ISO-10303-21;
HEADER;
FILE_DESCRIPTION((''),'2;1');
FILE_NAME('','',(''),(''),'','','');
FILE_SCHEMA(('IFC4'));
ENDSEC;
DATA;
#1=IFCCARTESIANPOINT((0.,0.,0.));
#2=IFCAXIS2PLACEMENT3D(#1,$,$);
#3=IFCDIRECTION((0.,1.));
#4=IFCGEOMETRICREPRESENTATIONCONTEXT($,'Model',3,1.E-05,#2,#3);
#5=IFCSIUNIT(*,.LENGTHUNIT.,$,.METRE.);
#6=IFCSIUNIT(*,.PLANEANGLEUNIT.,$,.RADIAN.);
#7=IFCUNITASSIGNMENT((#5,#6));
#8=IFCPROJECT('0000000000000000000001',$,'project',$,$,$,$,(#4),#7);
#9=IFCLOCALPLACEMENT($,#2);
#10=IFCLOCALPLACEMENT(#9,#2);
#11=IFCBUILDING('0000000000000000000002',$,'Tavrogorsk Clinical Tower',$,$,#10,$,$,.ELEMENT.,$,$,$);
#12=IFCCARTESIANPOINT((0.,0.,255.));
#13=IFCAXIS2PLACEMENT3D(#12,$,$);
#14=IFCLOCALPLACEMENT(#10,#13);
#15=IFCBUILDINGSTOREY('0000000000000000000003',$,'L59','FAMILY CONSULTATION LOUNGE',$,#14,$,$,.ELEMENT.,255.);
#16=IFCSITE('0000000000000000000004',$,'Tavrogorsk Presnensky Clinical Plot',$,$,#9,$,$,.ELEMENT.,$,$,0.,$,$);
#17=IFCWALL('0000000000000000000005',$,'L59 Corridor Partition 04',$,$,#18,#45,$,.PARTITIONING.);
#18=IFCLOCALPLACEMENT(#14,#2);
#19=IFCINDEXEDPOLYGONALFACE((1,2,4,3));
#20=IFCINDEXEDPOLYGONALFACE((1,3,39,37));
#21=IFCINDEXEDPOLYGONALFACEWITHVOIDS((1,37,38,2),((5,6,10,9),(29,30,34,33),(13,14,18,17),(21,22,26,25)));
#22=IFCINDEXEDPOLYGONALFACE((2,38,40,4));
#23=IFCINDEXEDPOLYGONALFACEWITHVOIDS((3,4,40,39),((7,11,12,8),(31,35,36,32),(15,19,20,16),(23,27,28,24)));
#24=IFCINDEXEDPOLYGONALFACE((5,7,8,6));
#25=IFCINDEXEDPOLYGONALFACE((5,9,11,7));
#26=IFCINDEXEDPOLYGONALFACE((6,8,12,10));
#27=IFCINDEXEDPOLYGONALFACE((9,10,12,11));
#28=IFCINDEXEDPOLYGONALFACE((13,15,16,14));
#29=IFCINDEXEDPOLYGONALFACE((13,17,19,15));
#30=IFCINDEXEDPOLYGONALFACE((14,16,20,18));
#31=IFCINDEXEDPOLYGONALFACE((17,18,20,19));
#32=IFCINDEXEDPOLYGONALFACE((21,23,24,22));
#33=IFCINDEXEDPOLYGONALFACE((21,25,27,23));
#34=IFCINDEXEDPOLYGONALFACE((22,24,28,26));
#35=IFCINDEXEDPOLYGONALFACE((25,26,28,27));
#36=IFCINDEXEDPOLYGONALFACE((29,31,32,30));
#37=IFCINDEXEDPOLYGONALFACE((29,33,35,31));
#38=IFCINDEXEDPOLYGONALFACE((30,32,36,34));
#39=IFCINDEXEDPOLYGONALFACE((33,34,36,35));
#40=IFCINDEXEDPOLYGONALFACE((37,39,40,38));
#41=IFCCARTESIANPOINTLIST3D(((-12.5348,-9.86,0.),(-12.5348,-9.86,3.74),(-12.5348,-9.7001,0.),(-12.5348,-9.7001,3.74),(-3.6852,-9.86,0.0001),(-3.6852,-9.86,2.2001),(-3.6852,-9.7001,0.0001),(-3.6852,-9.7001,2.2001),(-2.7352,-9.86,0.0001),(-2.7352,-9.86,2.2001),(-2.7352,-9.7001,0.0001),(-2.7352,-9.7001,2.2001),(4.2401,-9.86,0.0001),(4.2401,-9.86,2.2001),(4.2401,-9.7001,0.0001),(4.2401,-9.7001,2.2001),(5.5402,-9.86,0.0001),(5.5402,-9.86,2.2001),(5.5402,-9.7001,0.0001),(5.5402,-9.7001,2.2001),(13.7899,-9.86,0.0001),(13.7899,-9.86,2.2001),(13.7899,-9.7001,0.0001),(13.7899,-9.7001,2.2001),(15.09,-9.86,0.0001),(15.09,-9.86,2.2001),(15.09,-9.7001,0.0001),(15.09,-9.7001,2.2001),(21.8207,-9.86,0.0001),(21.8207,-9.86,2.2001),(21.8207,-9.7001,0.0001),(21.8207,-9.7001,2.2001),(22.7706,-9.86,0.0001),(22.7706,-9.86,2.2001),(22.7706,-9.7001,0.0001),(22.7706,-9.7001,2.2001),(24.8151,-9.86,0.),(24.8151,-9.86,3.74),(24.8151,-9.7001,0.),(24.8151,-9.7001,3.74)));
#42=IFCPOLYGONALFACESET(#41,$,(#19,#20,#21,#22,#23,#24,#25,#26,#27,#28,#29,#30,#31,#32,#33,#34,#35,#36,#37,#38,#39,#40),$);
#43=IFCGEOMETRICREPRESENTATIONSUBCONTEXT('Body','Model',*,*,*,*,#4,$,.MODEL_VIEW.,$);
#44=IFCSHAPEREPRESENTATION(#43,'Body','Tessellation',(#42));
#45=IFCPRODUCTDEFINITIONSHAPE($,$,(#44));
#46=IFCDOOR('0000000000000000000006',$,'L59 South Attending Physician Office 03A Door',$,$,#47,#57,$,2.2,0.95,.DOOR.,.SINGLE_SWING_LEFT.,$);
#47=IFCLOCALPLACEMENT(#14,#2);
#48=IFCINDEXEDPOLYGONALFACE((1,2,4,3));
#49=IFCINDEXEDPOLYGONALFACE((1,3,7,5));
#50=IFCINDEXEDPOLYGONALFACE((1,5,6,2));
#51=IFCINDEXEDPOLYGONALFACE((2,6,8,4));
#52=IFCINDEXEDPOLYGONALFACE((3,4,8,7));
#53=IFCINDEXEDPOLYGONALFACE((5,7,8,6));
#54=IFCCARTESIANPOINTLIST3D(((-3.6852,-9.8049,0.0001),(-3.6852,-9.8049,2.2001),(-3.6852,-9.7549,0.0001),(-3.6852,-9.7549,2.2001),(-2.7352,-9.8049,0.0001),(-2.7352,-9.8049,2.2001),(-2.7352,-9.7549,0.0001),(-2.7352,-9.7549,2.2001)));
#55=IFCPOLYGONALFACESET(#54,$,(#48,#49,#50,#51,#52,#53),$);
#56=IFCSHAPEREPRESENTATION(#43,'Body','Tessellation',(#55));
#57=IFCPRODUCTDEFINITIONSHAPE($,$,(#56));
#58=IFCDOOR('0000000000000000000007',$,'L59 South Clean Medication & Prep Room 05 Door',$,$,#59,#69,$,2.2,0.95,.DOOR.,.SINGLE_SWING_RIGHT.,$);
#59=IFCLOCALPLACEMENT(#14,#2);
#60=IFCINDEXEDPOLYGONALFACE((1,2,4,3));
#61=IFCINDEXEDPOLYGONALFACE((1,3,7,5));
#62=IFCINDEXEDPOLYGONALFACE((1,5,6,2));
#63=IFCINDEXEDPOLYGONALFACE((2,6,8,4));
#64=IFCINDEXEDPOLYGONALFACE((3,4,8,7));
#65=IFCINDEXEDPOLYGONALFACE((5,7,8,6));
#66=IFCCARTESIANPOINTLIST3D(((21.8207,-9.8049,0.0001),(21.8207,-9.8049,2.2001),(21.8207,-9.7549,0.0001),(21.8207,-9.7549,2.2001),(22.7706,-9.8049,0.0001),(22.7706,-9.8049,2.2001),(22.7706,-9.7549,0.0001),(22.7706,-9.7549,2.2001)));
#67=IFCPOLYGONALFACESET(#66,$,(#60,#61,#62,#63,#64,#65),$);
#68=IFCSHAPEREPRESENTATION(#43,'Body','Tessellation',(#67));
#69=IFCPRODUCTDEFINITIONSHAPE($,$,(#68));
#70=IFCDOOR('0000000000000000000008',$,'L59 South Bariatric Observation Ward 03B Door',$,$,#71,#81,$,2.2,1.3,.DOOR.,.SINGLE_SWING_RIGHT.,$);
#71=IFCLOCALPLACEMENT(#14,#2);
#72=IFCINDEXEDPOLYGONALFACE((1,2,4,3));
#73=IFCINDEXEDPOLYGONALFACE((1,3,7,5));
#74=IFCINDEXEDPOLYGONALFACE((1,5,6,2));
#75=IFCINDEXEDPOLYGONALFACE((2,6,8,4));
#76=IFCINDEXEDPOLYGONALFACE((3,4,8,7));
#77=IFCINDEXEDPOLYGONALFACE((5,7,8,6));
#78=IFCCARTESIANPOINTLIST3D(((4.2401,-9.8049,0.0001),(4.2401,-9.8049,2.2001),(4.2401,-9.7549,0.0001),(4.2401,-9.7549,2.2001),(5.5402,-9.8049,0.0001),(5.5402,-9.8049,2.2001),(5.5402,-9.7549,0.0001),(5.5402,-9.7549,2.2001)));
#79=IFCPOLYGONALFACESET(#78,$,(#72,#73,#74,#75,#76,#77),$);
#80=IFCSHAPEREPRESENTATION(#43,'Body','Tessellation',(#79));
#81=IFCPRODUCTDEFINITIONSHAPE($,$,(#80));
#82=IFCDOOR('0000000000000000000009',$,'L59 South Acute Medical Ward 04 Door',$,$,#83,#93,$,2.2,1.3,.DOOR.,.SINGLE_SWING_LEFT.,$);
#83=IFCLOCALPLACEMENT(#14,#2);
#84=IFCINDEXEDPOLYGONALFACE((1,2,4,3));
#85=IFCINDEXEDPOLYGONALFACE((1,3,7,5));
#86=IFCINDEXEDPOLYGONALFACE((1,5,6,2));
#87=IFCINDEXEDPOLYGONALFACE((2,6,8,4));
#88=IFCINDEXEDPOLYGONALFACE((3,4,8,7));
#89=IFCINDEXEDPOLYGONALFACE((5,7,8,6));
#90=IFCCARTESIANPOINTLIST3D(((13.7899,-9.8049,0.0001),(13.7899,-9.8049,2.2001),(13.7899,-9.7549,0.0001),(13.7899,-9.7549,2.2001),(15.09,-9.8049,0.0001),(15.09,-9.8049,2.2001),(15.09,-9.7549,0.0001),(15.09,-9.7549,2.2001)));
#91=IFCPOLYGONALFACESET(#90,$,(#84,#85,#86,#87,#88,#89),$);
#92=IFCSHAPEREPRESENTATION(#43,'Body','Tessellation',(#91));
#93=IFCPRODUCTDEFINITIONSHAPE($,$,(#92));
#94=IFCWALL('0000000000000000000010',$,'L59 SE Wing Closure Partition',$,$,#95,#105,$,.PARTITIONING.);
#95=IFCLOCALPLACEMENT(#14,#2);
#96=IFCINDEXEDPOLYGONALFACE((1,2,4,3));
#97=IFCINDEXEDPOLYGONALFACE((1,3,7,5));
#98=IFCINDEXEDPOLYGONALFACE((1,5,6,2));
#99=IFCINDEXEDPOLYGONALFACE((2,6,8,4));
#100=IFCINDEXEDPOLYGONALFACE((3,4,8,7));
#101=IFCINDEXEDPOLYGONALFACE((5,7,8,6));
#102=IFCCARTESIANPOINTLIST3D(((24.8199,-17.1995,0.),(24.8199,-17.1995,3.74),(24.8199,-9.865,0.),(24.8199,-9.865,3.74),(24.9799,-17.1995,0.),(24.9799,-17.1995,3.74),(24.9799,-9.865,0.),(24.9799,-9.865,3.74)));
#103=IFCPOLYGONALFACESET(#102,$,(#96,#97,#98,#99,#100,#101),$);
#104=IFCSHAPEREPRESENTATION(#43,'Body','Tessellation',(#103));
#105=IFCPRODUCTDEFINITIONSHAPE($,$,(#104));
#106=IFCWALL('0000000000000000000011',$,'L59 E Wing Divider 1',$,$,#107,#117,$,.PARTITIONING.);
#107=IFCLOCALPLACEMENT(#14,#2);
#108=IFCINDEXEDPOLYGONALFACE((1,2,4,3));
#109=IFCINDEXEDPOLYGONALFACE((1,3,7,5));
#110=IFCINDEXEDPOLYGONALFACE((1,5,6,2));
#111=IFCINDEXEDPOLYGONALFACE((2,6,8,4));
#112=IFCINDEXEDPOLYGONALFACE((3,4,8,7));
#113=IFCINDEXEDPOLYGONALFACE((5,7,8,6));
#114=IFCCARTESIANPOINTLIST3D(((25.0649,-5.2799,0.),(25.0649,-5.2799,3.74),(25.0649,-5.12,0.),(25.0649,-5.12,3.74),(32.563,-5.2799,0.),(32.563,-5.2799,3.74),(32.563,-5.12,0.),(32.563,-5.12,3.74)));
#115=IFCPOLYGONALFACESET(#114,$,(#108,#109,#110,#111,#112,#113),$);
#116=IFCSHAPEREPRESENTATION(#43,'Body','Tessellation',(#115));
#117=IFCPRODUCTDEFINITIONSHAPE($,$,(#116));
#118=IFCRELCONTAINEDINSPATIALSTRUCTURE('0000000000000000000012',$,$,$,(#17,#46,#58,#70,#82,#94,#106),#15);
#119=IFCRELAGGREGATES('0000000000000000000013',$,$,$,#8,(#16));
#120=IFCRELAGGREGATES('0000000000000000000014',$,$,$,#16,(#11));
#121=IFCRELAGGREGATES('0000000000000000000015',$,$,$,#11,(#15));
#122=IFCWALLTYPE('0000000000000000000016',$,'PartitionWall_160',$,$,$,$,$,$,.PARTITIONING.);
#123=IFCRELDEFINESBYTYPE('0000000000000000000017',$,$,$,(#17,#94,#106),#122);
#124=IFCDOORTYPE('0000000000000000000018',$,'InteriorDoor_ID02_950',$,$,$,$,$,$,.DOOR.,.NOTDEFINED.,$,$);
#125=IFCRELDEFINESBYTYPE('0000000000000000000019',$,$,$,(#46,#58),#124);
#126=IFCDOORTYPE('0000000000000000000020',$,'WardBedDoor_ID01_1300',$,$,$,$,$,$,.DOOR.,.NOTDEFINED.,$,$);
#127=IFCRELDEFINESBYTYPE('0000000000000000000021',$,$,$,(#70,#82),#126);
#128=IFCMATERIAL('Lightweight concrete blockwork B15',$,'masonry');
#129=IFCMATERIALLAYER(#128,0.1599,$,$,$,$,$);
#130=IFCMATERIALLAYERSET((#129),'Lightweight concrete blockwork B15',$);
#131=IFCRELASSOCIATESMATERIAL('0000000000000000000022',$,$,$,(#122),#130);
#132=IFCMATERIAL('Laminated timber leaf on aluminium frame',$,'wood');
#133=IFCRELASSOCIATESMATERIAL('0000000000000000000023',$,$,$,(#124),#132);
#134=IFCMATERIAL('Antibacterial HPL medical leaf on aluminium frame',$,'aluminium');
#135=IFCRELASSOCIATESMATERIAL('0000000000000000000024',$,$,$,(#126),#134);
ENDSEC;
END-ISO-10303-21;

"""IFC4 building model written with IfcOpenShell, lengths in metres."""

from ifc_helpers import new_model, si_unit, direction, frame, frame_2d, origin, place, context, subcontext, project, spatial, rectangle, extrude, material, layer, layer_set, type_object, element, fill, save


model = new_model("IFC4")

# Units and contexts
model_context = context("Model", 3, precision=1e-05, world=origin(), true_north=direction((0.0, 1.0)))
body_context = subcontext(model_context, "Body", "Model", "MODEL_VIEW")
ifc_project = project(units=[si_unit("LENGTHUNIT", "METRE"), si_unit("PLANEANGLEUNIT", "RADIAN")], contexts=[model_context])

# Site, building, storey
site_placement = place(None, origin())
site = spatial("IfcSite", under=ifc_project, at=site_placement, Name="Tavrogorsk Presnensky Clinical Plot", CompositionType="ELEMENT", RefElevation=0.0)
building_placement = place(site_placement, origin())
building = spatial("IfcBuilding", under=site, at=building_placement, Name="Tavrogorsk Clinical Tower", CompositionType="ELEMENT")
storey_placement = place(building_placement, frame((0.0, 0.0, 255.0)))
storey = spatial("IfcBuildingStorey", under=building, at=storey_placement, Name="L59", Description="FAMILY CONSULTATION LOUNGE", CompositionType="ELEMENT", Elevation=255.0)

# Shared definitions
ifc_material_1 = material(Name="Lightweight concrete blockwork B15", Category="masonry")
ifc_layer_1 = layer(ifc_material_1, 0.1599)
ifc_layer_set_1 = layer_set([ifc_layer_1], Name="Lightweight concrete blockwork B15")
wall_type_1 = type_object("IfcWallType", Name="PartitionWall_160", PredefinedType="PARTITIONING", material=ifc_layer_set_1)

# Wall, openings, doors
wall_1_placement = place(storey_placement, frame((24.8149, -9.78, 0.0), z_axis=(0.0, 0.0, 1.0), x_axis=(-1.0, 0.0, 0.0)))
wall_1 = element("IfcWall", 1, at=wall_1_placement, inside=storey, type_object=wall_type_1, Name="L59 Corridor Partition 04", PredefinedType="PARTITIONING", context=body_context, shape_type="SweptSolid", body=[
    extrude(rectangle(XDim=37.3499, YDim=0.1599, at=frame_2d((18.6748, 0.0))), origin(), (0.0, 0.0, 1.0), 3.74),
])
opening_1_placement = place(wall_1_placement, frame((27.55, 0.0, 0.0)))
opening_1 = element("IfcOpeningElement", 2, at=opening_1_placement, cuts=wall_1, PredefinedType="OPENING", context=body_context, shape_type="SweptSolid", body=[
    extrude(rectangle(XDim=0.95, YDim=2.2, at=frame_2d((0.4751, 1.1001))), frame((0.0, 0.0898, 0.0), z_axis=(0.0, -1.0, 0.0), x_axis=(1.0, 0.0, 0.0)), (0.0, 0.0, 1.0), 0.1799),
])
opening_2_placement = place(wall_1_placement, frame((19.2749, 0.0, 0.0)))
opening_2 = element("IfcOpeningElement", 3, at=opening_2_placement, cuts=wall_1, PredefinedType="OPENING", context=body_context, shape_type="SweptSolid", body=[
    extrude(rectangle(XDim=1.3, YDim=2.2, at=frame_2d((0.6499, 1.1001))), frame((0.0, 0.0898, 0.0), z_axis=(0.0, -1.0, 0.0), x_axis=(1.0, 0.0, 0.0)), (0.0, 0.0, 1.0), 0.1799),
])
opening_3_placement = place(wall_1_placement, frame((9.7251, 0.0, 0.0)))
opening_3 = element("IfcOpeningElement", 4, at=opening_3_placement, cuts=wall_1, PredefinedType="OPENING", context=body_context, shape_type="SweptSolid", body=[
    extrude(rectangle(XDim=1.3, YDim=2.2, at=frame_2d((0.6499, 1.1001))), frame((0.0, 0.0898, 0.0), z_axis=(0.0, -1.0, 0.0), x_axis=(1.0, 0.0, 0.0)), (0.0, 0.0, 1.0), 0.1799),
])
opening_4_placement = place(wall_1_placement, frame((2.0442, 0.0, 0.0)))
opening_4 = element("IfcOpeningElement", 5, at=opening_4_placement, cuts=wall_1, PredefinedType="OPENING", context=body_context, shape_type="SweptSolid", body=[
    extrude(rectangle(XDim=0.95, YDim=2.2, at=frame_2d((0.4751, 1.1001))), frame((0.0, 0.0898, 0.0), z_axis=(0.0, -1.0, 0.0), x_axis=(1.0, 0.0, 0.0)), (0.0, 0.0, 1.0), 0.1799),
])
ifc_material_2 = material(Name="Laminated timber leaf on aluminium frame", Category="wood")
door_type_1 = type_object("IfcDoorType", Name="InteriorDoor_ID02_950", OperationType="NOTDEFINED", PredefinedType="DOOR", material=ifc_material_2)
door_1_placement = place(opening_1_placement, origin())
door_1 = element("IfcDoor", 6, at=door_1_placement, inside=storey, type_object=door_type_1, Name="L59 South Attending Physician Office 03A Door", OperationType="SINGLE_SWING_LEFT", OverallHeight=2.2, OverallWidth=0.95, PredefinedType="DOOR", context=body_context, shape_type="SweptSolid", body=[
    extrude(rectangle(XDim=0.95, YDim=2.2, at=frame_2d((0.4751, 1.1001))), frame((0.0, 0.0249, 0.0), z_axis=(0.0, -1.0, 0.0), x_axis=(1.0, 0.0, 0.0)), (0.0, 0.0, 1.0), 0.05),
])
fill(opening_1, door_1)
door_2_placement = place(opening_4_placement, origin())
door_2 = element("IfcDoor", 7, at=door_2_placement, inside=storey, type_object=door_type_1, Name="L59 South Clean Medication & Prep Room 05 Door", OperationType="SINGLE_SWING_RIGHT", OverallHeight=2.2, OverallWidth=0.95, PredefinedType="DOOR", context=body_context, shape_type="SweptSolid", body=[
    extrude(rectangle(XDim=0.95, YDim=2.2, at=frame_2d((0.4751, 1.1001))), frame((0.0, 0.0249, 0.0), z_axis=(0.0, -1.0, 0.0), x_axis=(1.0, 0.0, 0.0)), (0.0, 0.0, 1.0), 0.05),
])
fill(opening_4, door_2)
ifc_material_3 = material(Name="Antibacterial HPL medical leaf on aluminium frame", Category="aluminium")
door_type_2 = type_object("IfcDoorType", Name="WardBedDoor_ID01_1300", OperationType="NOTDEFINED", PredefinedType="DOOR", material=ifc_material_3)
door_3_placement = place(opening_2_placement, origin())
door_3 = element("IfcDoor", 8, at=door_3_placement, inside=storey, type_object=door_type_2, Name="L59 South Bariatric Observation Ward 03B Door", OperationType="SINGLE_SWING_RIGHT", OverallHeight=2.2, OverallWidth=1.3, PredefinedType="DOOR", context=body_context, shape_type="SweptSolid", body=[
    extrude(rectangle(XDim=1.3, YDim=2.2, at=frame_2d((0.6499, 1.1001))), frame((0.0, 0.0249, 0.0), z_axis=(0.0, -1.0, 0.0), x_axis=(1.0, 0.0, 0.0)), (0.0, 0.0, 1.0), 0.05),
])
fill(opening_2, door_3)
door_4_placement = place(opening_3_placement, origin())
door_4 = element("IfcDoor", 9, at=door_4_placement, inside=storey, type_object=door_type_2, Name="L59 South Acute Medical Ward 04 Door", OperationType="SINGLE_SWING_LEFT", OverallHeight=2.2, OverallWidth=1.3, PredefinedType="DOOR", context=body_context, shape_type="SweptSolid", body=[
    extrude(rectangle(XDim=1.3, YDim=2.2, at=frame_2d((0.6499, 1.1001))), frame((0.0, 0.0249, 0.0), z_axis=(0.0, -1.0, 0.0), x_axis=(1.0, 0.0, 0.0)), (0.0, 0.0, 1.0), 0.05),
])
fill(opening_3, door_4)

# Walls
wall_2_placement = place(storey_placement, frame((24.8999, -17.1995, 0.0), z_axis=(0.0, 0.0, 1.0), x_axis=(0.0, 1.0, 0.0)))
element("IfcWall", 10, at=wall_2_placement, inside=storey, type_object=wall_type_1, Name="L59 SE Wing Closure Partition", PredefinedType="PARTITIONING", context=body_context, shape_type="SweptSolid", body=[
    extrude(rectangle(XDim=7.3345, YDim=0.1599, at=frame_2d((3.6672, 0.0))), origin(), (0.0, 0.0, 1.0), 3.74),
])
wall_3_placement = place(storey_placement, frame((25.0649, -5.2, 0.0), z_axis=(0.0, 0.0, 1.0), x_axis=(1.0, 0.0, 0.0)))
element("IfcWall", 11, at=wall_3_placement, inside=storey, type_object=wall_type_1, Name="L59 E Wing Divider 1", PredefinedType="PARTITIONING", context=body_context, shape_type="SweptSolid", body=[
    extrude(rectangle(XDim=7.498, YDim=0.1599, at=frame_2d((3.749, 0.0))), origin(), (0.0, 0.0, 1.0), 3.74),
])

save(model, "model.ifc")
